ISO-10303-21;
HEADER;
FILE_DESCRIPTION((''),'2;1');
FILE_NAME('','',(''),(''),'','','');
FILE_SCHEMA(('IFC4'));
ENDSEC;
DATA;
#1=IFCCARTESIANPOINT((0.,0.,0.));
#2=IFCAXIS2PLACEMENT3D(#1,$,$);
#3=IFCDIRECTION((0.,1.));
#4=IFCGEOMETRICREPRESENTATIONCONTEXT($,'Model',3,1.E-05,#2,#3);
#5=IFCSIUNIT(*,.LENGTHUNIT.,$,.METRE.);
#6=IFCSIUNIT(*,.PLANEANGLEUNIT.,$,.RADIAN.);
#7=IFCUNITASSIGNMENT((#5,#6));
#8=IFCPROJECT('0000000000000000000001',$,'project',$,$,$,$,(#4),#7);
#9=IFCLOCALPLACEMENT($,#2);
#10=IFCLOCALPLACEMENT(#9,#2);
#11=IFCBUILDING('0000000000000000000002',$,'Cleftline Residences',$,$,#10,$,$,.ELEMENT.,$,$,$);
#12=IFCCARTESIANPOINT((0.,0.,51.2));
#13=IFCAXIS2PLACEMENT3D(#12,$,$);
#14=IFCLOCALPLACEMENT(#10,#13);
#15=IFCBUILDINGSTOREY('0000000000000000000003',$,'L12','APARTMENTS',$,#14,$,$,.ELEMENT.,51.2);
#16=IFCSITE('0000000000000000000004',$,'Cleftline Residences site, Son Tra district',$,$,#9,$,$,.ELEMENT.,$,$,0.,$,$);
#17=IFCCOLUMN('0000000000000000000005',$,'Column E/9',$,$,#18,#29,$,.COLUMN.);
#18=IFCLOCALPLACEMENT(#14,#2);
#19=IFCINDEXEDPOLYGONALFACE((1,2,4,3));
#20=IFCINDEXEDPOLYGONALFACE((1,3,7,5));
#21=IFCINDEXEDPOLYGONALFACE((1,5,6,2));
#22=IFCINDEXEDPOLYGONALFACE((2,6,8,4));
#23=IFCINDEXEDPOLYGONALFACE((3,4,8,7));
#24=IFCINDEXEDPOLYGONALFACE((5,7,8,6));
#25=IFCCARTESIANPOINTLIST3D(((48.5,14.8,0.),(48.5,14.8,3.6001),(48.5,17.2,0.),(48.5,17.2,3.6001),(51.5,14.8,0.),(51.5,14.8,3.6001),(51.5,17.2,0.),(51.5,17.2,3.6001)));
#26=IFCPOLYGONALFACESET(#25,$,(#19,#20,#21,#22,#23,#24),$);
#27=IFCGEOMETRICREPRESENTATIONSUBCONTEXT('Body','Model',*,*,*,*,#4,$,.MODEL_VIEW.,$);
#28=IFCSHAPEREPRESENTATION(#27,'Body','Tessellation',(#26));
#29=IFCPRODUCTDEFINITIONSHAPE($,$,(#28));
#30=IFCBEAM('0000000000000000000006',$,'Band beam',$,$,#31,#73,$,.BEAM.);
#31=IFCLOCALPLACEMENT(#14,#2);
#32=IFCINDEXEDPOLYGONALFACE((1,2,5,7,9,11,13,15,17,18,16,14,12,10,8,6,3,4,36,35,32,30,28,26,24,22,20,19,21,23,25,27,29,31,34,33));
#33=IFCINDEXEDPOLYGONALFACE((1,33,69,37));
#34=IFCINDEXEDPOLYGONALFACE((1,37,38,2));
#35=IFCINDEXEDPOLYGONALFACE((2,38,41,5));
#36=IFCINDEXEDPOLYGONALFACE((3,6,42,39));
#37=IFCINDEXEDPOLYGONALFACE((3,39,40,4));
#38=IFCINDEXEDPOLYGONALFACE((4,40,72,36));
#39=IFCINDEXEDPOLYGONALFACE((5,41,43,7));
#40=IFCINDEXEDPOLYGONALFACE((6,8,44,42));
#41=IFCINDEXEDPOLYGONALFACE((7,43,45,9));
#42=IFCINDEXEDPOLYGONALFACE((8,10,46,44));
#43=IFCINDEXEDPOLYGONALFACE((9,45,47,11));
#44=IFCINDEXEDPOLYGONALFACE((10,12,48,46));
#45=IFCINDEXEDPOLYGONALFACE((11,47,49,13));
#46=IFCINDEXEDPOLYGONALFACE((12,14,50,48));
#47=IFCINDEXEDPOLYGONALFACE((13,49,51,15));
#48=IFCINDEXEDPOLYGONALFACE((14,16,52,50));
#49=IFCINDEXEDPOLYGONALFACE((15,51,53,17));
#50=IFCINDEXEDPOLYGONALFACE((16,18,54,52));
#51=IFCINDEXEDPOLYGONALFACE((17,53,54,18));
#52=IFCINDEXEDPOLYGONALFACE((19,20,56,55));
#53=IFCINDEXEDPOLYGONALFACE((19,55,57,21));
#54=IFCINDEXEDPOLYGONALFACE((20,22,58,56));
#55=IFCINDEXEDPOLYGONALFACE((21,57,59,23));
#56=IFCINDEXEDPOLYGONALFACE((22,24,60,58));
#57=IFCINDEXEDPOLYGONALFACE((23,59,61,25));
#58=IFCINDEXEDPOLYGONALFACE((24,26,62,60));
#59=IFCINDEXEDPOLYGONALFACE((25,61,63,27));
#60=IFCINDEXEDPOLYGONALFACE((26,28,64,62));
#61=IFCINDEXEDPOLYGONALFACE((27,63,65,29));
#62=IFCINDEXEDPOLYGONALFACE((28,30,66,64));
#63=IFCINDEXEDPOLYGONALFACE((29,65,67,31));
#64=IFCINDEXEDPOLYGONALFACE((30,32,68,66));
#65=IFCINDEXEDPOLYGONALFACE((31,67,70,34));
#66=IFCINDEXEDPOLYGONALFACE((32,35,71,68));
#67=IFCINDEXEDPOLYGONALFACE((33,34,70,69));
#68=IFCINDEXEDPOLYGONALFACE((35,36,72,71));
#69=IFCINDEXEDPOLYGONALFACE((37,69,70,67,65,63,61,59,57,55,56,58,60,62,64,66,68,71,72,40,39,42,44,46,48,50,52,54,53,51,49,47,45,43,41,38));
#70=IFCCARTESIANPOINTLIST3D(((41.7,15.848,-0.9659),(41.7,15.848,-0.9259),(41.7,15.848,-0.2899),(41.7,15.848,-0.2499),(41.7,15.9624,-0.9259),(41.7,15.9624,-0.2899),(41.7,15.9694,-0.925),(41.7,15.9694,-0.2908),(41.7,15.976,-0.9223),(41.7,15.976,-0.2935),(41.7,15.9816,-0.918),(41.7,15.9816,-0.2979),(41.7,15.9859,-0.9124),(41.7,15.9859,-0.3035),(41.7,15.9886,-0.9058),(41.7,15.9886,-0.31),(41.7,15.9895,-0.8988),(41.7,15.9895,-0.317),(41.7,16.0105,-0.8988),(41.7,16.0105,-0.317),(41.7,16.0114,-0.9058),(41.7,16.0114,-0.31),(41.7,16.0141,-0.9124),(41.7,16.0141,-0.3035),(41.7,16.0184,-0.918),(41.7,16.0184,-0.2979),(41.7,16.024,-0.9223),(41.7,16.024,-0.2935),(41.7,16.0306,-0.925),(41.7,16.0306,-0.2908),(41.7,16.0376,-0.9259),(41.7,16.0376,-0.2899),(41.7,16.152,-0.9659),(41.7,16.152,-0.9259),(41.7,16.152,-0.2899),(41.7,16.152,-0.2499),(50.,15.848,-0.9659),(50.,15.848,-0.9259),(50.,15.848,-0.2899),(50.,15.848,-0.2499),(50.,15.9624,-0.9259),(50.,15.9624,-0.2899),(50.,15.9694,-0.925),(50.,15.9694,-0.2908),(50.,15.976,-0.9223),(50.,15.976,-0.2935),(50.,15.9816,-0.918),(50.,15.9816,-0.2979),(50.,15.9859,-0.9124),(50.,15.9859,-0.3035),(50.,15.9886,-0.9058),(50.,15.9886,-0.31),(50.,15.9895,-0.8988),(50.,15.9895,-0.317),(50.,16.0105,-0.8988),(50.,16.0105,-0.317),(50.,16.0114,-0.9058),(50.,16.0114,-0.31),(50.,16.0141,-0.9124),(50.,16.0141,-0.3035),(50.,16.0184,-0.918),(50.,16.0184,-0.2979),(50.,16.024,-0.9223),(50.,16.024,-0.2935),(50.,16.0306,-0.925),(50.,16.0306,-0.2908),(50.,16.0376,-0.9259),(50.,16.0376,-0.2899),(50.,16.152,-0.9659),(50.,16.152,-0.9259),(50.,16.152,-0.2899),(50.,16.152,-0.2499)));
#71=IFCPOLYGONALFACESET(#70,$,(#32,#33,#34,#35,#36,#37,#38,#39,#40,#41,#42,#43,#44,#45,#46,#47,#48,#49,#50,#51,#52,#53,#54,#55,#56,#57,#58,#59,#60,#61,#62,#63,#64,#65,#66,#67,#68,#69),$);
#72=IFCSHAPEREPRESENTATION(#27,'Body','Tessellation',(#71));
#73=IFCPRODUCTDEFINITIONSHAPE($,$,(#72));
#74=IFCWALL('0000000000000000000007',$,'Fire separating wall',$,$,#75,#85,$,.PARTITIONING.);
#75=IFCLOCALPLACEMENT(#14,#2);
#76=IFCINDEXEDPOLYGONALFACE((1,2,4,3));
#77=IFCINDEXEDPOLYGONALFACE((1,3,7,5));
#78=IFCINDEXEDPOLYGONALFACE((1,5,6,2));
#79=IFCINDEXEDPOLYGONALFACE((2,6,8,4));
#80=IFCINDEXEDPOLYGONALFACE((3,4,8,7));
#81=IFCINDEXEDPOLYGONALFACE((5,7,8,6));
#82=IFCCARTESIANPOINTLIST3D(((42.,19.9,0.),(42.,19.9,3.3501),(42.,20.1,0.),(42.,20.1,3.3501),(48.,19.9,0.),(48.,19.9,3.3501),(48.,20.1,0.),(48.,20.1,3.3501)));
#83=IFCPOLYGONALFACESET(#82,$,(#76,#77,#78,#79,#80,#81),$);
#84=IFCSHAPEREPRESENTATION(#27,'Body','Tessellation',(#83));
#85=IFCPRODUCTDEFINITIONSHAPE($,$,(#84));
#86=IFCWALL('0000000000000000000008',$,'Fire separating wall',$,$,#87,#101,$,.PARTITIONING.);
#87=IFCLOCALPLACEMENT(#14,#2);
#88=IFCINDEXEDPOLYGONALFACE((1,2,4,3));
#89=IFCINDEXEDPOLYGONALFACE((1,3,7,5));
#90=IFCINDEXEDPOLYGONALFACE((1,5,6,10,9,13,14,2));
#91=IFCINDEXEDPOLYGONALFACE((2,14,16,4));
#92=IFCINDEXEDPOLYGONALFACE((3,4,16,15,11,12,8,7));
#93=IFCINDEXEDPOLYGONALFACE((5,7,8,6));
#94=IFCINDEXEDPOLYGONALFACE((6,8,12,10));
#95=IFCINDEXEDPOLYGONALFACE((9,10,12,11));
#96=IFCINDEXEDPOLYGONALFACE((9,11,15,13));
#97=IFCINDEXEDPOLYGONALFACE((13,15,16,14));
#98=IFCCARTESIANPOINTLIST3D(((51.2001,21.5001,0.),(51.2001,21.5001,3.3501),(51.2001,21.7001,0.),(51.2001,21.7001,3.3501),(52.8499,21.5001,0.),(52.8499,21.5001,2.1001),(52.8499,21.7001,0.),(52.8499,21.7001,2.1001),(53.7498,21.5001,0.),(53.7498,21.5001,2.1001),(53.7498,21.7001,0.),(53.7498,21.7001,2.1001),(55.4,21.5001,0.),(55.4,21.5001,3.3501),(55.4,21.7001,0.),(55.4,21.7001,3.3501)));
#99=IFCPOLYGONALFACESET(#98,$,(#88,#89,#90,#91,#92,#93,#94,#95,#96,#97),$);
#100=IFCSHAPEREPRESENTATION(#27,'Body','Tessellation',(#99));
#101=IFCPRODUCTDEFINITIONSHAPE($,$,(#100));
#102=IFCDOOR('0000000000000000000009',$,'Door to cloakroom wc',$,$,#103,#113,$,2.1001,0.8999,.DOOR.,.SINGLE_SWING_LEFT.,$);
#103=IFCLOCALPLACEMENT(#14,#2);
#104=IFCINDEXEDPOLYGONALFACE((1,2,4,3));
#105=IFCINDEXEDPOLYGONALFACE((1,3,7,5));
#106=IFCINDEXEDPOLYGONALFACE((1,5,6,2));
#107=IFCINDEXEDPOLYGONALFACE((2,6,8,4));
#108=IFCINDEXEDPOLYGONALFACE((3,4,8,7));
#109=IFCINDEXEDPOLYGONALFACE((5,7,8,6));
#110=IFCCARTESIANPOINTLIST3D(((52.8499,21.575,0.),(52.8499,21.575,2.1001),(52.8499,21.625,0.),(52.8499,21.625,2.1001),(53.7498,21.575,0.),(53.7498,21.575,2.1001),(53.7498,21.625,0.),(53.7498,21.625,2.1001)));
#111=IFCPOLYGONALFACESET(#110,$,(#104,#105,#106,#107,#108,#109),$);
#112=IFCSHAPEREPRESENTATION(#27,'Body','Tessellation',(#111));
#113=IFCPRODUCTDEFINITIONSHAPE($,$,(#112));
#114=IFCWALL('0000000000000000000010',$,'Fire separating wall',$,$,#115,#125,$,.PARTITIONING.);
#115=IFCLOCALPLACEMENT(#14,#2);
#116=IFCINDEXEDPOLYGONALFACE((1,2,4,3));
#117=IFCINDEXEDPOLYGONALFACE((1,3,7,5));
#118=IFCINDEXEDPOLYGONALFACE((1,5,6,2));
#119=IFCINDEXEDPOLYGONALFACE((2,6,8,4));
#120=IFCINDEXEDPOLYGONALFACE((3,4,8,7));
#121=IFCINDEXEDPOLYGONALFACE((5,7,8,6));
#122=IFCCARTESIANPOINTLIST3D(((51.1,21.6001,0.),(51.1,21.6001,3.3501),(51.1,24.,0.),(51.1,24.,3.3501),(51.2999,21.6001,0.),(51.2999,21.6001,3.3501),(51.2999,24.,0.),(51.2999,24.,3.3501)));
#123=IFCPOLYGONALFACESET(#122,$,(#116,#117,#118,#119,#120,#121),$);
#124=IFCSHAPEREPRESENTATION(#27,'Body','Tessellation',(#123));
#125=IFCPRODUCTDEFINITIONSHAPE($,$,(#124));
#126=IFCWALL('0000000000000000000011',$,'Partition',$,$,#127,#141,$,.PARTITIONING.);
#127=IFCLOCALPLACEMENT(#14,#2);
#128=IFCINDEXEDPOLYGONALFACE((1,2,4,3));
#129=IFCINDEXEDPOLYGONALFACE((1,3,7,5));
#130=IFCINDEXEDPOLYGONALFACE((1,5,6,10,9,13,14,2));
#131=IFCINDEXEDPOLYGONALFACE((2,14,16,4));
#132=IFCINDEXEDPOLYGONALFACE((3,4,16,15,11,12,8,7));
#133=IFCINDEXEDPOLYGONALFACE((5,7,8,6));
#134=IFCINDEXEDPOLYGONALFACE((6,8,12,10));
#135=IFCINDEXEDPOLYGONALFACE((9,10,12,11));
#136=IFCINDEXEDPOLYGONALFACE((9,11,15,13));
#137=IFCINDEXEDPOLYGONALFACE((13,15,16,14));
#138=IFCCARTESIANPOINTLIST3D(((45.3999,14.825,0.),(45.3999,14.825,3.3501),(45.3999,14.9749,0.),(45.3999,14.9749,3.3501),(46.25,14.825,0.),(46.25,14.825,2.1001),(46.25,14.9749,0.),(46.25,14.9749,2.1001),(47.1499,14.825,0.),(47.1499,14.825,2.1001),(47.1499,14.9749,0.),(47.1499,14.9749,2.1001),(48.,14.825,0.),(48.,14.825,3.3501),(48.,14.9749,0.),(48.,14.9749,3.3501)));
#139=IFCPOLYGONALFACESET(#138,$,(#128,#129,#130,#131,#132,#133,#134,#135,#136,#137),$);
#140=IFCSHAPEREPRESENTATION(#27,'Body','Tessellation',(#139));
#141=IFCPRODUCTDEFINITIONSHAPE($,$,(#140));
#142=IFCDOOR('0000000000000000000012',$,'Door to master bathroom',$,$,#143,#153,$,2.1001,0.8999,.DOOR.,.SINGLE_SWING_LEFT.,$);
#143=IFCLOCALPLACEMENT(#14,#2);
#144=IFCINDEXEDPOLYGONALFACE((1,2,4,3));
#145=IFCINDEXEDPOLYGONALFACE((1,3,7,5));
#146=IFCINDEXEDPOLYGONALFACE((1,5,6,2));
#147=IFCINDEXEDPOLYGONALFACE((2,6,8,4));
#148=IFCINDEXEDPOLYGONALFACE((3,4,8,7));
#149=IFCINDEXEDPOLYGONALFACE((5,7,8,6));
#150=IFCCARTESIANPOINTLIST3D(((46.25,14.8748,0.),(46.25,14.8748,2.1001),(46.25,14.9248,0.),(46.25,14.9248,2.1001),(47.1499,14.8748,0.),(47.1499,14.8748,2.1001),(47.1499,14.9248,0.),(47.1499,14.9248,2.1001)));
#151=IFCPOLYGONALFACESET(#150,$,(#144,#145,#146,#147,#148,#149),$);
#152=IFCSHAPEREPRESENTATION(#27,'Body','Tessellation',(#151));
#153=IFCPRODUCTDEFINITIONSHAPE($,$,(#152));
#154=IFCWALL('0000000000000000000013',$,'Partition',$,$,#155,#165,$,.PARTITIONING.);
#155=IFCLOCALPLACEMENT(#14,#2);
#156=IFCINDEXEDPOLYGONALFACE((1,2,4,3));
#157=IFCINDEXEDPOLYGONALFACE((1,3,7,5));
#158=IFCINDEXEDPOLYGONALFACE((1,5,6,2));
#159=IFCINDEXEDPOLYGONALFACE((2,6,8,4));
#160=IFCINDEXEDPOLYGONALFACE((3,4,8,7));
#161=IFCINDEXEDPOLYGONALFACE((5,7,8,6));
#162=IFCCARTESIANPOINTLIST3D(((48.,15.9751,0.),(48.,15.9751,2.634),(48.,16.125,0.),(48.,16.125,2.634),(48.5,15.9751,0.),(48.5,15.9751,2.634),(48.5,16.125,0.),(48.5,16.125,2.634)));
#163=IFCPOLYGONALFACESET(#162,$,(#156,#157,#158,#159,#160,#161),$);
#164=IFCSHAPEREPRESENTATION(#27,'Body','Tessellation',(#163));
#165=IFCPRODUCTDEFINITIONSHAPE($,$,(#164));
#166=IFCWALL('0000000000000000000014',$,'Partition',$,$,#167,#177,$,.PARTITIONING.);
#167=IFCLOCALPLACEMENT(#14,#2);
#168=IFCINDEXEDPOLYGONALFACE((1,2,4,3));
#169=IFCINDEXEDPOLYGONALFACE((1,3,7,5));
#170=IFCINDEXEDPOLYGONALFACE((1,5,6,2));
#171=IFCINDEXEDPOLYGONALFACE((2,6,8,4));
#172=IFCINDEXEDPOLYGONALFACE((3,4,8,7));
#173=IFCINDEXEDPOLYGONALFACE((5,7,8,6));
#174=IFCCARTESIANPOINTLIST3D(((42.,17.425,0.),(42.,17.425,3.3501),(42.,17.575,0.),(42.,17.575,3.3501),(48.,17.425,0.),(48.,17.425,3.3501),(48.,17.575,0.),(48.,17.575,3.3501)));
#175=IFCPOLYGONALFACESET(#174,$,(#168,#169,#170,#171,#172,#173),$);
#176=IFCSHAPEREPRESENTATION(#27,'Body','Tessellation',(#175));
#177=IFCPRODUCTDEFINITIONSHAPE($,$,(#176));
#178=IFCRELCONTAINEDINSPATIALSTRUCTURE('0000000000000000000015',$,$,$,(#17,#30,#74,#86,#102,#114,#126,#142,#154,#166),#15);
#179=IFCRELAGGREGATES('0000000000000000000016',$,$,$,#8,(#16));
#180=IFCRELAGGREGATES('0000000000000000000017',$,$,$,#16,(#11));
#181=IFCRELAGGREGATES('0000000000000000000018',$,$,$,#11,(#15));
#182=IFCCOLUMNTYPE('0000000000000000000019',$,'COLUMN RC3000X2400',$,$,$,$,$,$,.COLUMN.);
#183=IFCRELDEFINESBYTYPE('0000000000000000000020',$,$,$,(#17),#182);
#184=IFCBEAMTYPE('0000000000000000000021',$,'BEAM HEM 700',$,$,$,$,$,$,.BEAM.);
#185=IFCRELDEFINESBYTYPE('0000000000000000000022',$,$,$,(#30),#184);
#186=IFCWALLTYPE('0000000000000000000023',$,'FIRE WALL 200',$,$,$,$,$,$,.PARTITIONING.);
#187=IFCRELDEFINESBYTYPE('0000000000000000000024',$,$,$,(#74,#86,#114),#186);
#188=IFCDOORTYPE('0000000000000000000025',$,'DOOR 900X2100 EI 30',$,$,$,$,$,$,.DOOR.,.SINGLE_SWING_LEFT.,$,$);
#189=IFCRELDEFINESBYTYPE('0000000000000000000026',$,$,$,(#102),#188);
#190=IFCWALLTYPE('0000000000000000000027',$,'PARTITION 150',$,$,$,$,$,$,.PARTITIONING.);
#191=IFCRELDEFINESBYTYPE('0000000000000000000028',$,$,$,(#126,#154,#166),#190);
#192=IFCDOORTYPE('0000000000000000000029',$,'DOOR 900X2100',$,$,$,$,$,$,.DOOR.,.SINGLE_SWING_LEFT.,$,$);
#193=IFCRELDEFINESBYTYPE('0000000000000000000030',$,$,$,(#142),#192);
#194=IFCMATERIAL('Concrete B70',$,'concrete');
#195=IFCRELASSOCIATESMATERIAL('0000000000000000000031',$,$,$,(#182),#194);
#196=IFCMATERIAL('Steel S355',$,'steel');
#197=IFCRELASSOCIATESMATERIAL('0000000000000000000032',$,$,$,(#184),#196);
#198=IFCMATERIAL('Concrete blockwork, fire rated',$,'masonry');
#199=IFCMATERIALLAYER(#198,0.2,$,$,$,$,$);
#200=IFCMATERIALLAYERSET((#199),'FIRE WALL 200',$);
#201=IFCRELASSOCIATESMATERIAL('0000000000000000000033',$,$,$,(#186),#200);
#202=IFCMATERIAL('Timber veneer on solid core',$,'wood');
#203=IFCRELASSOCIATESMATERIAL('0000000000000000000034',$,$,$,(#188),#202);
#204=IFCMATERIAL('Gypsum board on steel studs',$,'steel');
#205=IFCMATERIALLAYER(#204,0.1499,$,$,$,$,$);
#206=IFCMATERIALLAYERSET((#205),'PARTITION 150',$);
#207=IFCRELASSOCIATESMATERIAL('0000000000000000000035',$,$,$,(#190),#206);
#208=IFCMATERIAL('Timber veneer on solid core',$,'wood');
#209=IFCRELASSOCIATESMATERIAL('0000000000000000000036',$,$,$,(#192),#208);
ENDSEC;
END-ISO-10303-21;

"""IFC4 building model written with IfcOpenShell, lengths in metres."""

from ifc_helpers import new_model, si_unit, direction, frame, frame_2d, origin, origin_2d, place, context, subcontext, project, spatial, rectangle, i_section, extrude, material, layer, layer_set, material_profile, profile_set, type_object, element, fill, save


model = new_model("IFC4")

# Units and contexts
model_context = context("Model", 3, precision=1e-05, world=origin(), true_north=direction((0.0, 1.0)))
body_context = subcontext(model_context, "Body", "Model", "MODEL_VIEW")
ifc_project = project(units=[si_unit("LENGTHUNIT", "METRE"), si_unit("PLANEANGLEUNIT", "RADIAN")], contexts=[model_context])

# Site, building, storey
site_placement = place(None, origin())
site = spatial("IfcSite", under=ifc_project, at=site_placement, Name="Cleftline Residences site, Son Tra district", CompositionType="ELEMENT", RefElevation=0.0)
building_placement = place(site_placement, origin())
building = spatial("IfcBuilding", under=site, at=building_placement, Name="Cleftline Residences", CompositionType="ELEMENT")
storey_placement = place(building_placement, frame((0.0, 0.0, 51.2)))
storey = spatial("IfcBuildingStorey", under=building, at=storey_placement, Name="L12", Description="APARTMENTS", CompositionType="ELEMENT", Elevation=51.2)

# Column
ifc_material_1 = material(Name="Concrete B70", Category="concrete")
ifc_material_profile_1 = material_profile(ifc_material_1, rectangle(XDim=3.0, YDim=2.3999, at=origin_2d()))
ifc_profile_set_1 = profile_set([ifc_material_profile_1], Name="Concrete B70")
column_type = type_object("IfcColumnType", Name="COLUMN RC3000X2400", PredefinedType="COLUMN", material=ifc_profile_set_1)
column_placement = place(storey_placement, frame((50.0, 16.0, 0.0), z_axis=(0.0, 0.0, 1.0), x_axis=(1.0, 0.0, 0.0)))
element("IfcColumn", 1, at=column_placement, inside=storey, type_object=column_type, Name="Column E/9", PredefinedType="COLUMN", context=body_context, shape_type="SweptSolid", body=[
    extrude(rectangle(XDim=3.0, YDim=2.3999, at=origin_2d()), origin(), (0.0, 0.0, 1.0), 3.6001),
])

# Beam
ifc_material_2 = material(Name="Steel S355", Category="steel")
ifc_material_profile_2 = material_profile(ifc_material_2, i_section(OverallWidth=0.304, OverallDepth=0.7161, WebThickness=0.021, FlangeThickness=0.04, FilletRadius=0.0271, at=origin_2d()))
ifc_profile_set_2 = profile_set([ifc_material_profile_2], Name="Steel S355")
beam_type = type_object("IfcBeamType", Name="BEAM HEM 700", PredefinedType="BEAM", material=ifc_profile_set_2)
beam_placement = place(storey_placement, frame((50.0, 16.0, -0.6079), z_axis=(-1.0, 0.0, 0.0), x_axis=(0.0, -1.0, 0.0)))
element("IfcBeam", 2, at=beam_placement, inside=storey, type_object=beam_type, Name="Band beam", PredefinedType="BEAM", context=body_context, shape_type="SweptSolid", body=[
    extrude(i_section(OverallWidth=0.304, OverallDepth=0.7161, WebThickness=0.021, FlangeThickness=0.04, FilletRadius=0.0271, at=origin_2d()), origin(), (0.0, 0.0, 1.0), 8.3),
])

# Wall
ifc_material_3 = material(Name="Concrete blockwork, fire rated", Category="masonry")
ifc_layer_1 = layer(ifc_material_3, 0.2)
ifc_layer_set_1 = layer_set([ifc_layer_1], Name="FIRE WALL 200")
wall_type_1 = type_object("IfcWallType", Name="FIRE WALL 200", PredefinedType="PARTITIONING", material=ifc_layer_set_1)
wall_1_placement = place(storey_placement, frame((42.0, 20.0, 0.0), z_axis=(0.0, 0.0, 1.0), x_axis=(1.0, 0.0, 0.0)))
element("IfcWall", 3, at=wall_1_placement, inside=storey, type_object=wall_type_1, Name="Fire separating wall", PredefinedType="PARTITIONING", context=body_context, shape_type="SweptSolid", body=[
    extrude(rectangle(XDim=6.0, YDim=0.2, at=frame_2d((3.0, 0.0))), origin(), (0.0, 0.0, 1.0), 3.3501),
])

# Wall, opening, door
wall_2_placement = place(storey_placement, frame((51.2, 21.6001, 0.0), z_axis=(0.0, 0.0, 1.0), x_axis=(1.0, 0.0, 0.0)))
wall_2 = element("IfcWall", 4, at=wall_2_placement, inside=storey, type_object=wall_type_1, Name="Fire separating wall", PredefinedType="PARTITIONING", context=body_context, shape_type="SweptSolid", body=[
    extrude(rectangle(XDim=4.2, YDim=0.2, at=frame_2d((2.1001, 0.0))), origin(), (0.0, 0.0, 1.0), 3.3501),
])
opening_1_placement = place(wall_2_placement, frame((1.6499, 0.0, 0.0)))
opening_1 = element("IfcOpeningElement", 5, at=opening_1_placement, cuts=wall_2, PredefinedType="OPENING", context=body_context, shape_type="SweptSolid", body=[
    extrude(rectangle(XDim=0.8999, YDim=2.1001, at=frame_2d((0.45, 1.05))), frame((0.0, 0.1099, 0.0), z_axis=(0.0, -1.0, 0.0), x_axis=(1.0, 0.0, 0.0)), (0.0, 0.0, 1.0), 0.22),
])
ifc_material_4 = material(Name="Timber veneer on solid core", Category="wood")
door_type_1 = type_object("IfcDoorType", Name="DOOR 900X2100 EI 30", OperationType="SINGLE_SWING_LEFT", PredefinedType="DOOR", material=ifc_material_4)
door_1_placement = place(opening_1_placement, origin())
door_1 = element("IfcDoor", 6, at=door_1_placement, inside=storey, type_object=door_type_1, Name="Door to cloakroom wc", OperationType="SINGLE_SWING_LEFT", OverallHeight=2.1001, OverallWidth=0.8999, PredefinedType="DOOR", context=body_context, shape_type="SweptSolid", body=[
    extrude(rectangle(XDim=0.8999, YDim=2.1001, at=frame_2d((0.45, 1.05))), frame((0.0, 0.0249, 0.0), z_axis=(0.0, -1.0, 0.0), x_axis=(1.0, 0.0, 0.0)), (0.0, 0.0, 1.0), 0.05),
])
fill(opening_1, door_1)

# Wall
wall_3_placement = place(storey_placement, frame((51.2, 21.6001, 0.0), z_axis=(0.0, 0.0, 1.0), x_axis=(0.0, 1.0, 0.0)))
element("IfcWall", 7, at=wall_3_placement, inside=storey, type_object=wall_type_1, Name="Fire separating wall", PredefinedType="PARTITIONING", context=body_context, shape_type="SweptSolid", body=[
    extrude(rectangle(XDim=2.3999, YDim=0.2, at=frame_2d((1.2, 0.0))), origin(), (0.0, 0.0, 1.0), 3.3501),
])

# Wall, opening, door
ifc_material_5 = material(Name="Gypsum board on steel studs", Category="steel")
ifc_layer_2 = layer(ifc_material_5, 0.1499)
ifc_layer_set_2 = layer_set([ifc_layer_2], Name="PARTITION 150")
wall_type_2 = type_object("IfcWallType", Name="PARTITION 150", PredefinedType="PARTITIONING", material=ifc_layer_set_2)
wall_4_placement = place(storey_placement, frame((45.3999, 14.8999, 0.0), z_axis=(0.0, 0.0, 1.0), x_axis=(1.0, 0.0, 0.0)))
wall_4 = element("IfcWall", 8, at=wall_4_placement, inside=storey, type_object=wall_type_2, Name="Partition", PredefinedType="PARTITIONING", context=body_context, shape_type="SweptSolid", body=[
    extrude(rectangle(XDim=2.6001, YDim=0.1499, at=frame_2d((1.3, 0.0))), origin(), (0.0, 0.0, 1.0), 3.3501),
])
opening_2_placement = place(wall_4_placement, frame((0.8501, 0.0, 0.0)))
opening_2 = element("IfcOpeningElement", 9, at=opening_2_placement, cuts=wall_4, PredefinedType="OPENING", context=body_context, shape_type="SweptSolid", body=[
    extrude(rectangle(XDim=0.8999, YDim=2.1001, at=frame_2d((0.45, 1.05))), frame((0.0, 0.085, 0.0), z_axis=(0.0, -1.0, 0.0), x_axis=(1.0, 0.0, 0.0)), (0.0, 0.0, 1.0), 0.1699),
])
ifc_material_6 = material(Name="Timber veneer on solid core", Category="wood")
door_type_2 = type_object("IfcDoorType", Name="DOOR 900X2100", OperationType="SINGLE_SWING_LEFT", PredefinedType="DOOR", material=ifc_material_6)
door_2_placement = place(opening_2_placement, origin())
door_2 = element("IfcDoor", 10, at=door_2_placement, inside=storey, type_object=door_type_2, Name="Door to master bathroom", OperationType="SINGLE_SWING_LEFT", OverallHeight=2.1001, OverallWidth=0.8999, PredefinedType="DOOR", context=body_context, shape_type="SweptSolid", body=[
    extrude(rectangle(XDim=0.8999, YDim=2.1001, at=frame_2d((0.45, 1.05))), frame((0.0, 0.0249, 0.0), z_axis=(0.0, -1.0, 0.0), x_axis=(1.0, 0.0, 0.0)), (0.0, 0.0, 1.0), 0.05),
])
fill(opening_2, door_2)

# Walls
wall_5_placement = place(storey_placement, frame((48.0, 16.05, 0.0), z_axis=(0.0, 0.0, 1.0), x_axis=(1.0, 0.0, 0.0)))
element("IfcWall", 11, at=wall_5_placement, inside=storey, type_object=wall_type_2, Name="Partition", PredefinedType="PARTITIONING", context=body_context, shape_type="SweptSolid", body=[
    extrude(rectangle(XDim=0.5, YDim=0.1499, at=frame_2d((0.25, 0.0))), origin(), (0.0, 0.0, 1.0), 2.634),
])
wall_6_placement = place(storey_placement, frame((42.0, 17.5, 0.0), z_axis=(0.0, 0.0, 1.0), x_axis=(1.0, 0.0, 0.0)))
element("IfcWall", 12, at=wall_6_placement, inside=storey, type_object=wall_type_2, Name="Partition", PredefinedType="PARTITIONING", context=body_context, shape_type="SweptSolid", body=[
    extrude(rectangle(XDim=6.0, YDim=0.1499, at=frame_2d((3.0, 0.0))), origin(), (0.0, 0.0, 1.0), 3.3501),
])

save(model, "model.ifc")
